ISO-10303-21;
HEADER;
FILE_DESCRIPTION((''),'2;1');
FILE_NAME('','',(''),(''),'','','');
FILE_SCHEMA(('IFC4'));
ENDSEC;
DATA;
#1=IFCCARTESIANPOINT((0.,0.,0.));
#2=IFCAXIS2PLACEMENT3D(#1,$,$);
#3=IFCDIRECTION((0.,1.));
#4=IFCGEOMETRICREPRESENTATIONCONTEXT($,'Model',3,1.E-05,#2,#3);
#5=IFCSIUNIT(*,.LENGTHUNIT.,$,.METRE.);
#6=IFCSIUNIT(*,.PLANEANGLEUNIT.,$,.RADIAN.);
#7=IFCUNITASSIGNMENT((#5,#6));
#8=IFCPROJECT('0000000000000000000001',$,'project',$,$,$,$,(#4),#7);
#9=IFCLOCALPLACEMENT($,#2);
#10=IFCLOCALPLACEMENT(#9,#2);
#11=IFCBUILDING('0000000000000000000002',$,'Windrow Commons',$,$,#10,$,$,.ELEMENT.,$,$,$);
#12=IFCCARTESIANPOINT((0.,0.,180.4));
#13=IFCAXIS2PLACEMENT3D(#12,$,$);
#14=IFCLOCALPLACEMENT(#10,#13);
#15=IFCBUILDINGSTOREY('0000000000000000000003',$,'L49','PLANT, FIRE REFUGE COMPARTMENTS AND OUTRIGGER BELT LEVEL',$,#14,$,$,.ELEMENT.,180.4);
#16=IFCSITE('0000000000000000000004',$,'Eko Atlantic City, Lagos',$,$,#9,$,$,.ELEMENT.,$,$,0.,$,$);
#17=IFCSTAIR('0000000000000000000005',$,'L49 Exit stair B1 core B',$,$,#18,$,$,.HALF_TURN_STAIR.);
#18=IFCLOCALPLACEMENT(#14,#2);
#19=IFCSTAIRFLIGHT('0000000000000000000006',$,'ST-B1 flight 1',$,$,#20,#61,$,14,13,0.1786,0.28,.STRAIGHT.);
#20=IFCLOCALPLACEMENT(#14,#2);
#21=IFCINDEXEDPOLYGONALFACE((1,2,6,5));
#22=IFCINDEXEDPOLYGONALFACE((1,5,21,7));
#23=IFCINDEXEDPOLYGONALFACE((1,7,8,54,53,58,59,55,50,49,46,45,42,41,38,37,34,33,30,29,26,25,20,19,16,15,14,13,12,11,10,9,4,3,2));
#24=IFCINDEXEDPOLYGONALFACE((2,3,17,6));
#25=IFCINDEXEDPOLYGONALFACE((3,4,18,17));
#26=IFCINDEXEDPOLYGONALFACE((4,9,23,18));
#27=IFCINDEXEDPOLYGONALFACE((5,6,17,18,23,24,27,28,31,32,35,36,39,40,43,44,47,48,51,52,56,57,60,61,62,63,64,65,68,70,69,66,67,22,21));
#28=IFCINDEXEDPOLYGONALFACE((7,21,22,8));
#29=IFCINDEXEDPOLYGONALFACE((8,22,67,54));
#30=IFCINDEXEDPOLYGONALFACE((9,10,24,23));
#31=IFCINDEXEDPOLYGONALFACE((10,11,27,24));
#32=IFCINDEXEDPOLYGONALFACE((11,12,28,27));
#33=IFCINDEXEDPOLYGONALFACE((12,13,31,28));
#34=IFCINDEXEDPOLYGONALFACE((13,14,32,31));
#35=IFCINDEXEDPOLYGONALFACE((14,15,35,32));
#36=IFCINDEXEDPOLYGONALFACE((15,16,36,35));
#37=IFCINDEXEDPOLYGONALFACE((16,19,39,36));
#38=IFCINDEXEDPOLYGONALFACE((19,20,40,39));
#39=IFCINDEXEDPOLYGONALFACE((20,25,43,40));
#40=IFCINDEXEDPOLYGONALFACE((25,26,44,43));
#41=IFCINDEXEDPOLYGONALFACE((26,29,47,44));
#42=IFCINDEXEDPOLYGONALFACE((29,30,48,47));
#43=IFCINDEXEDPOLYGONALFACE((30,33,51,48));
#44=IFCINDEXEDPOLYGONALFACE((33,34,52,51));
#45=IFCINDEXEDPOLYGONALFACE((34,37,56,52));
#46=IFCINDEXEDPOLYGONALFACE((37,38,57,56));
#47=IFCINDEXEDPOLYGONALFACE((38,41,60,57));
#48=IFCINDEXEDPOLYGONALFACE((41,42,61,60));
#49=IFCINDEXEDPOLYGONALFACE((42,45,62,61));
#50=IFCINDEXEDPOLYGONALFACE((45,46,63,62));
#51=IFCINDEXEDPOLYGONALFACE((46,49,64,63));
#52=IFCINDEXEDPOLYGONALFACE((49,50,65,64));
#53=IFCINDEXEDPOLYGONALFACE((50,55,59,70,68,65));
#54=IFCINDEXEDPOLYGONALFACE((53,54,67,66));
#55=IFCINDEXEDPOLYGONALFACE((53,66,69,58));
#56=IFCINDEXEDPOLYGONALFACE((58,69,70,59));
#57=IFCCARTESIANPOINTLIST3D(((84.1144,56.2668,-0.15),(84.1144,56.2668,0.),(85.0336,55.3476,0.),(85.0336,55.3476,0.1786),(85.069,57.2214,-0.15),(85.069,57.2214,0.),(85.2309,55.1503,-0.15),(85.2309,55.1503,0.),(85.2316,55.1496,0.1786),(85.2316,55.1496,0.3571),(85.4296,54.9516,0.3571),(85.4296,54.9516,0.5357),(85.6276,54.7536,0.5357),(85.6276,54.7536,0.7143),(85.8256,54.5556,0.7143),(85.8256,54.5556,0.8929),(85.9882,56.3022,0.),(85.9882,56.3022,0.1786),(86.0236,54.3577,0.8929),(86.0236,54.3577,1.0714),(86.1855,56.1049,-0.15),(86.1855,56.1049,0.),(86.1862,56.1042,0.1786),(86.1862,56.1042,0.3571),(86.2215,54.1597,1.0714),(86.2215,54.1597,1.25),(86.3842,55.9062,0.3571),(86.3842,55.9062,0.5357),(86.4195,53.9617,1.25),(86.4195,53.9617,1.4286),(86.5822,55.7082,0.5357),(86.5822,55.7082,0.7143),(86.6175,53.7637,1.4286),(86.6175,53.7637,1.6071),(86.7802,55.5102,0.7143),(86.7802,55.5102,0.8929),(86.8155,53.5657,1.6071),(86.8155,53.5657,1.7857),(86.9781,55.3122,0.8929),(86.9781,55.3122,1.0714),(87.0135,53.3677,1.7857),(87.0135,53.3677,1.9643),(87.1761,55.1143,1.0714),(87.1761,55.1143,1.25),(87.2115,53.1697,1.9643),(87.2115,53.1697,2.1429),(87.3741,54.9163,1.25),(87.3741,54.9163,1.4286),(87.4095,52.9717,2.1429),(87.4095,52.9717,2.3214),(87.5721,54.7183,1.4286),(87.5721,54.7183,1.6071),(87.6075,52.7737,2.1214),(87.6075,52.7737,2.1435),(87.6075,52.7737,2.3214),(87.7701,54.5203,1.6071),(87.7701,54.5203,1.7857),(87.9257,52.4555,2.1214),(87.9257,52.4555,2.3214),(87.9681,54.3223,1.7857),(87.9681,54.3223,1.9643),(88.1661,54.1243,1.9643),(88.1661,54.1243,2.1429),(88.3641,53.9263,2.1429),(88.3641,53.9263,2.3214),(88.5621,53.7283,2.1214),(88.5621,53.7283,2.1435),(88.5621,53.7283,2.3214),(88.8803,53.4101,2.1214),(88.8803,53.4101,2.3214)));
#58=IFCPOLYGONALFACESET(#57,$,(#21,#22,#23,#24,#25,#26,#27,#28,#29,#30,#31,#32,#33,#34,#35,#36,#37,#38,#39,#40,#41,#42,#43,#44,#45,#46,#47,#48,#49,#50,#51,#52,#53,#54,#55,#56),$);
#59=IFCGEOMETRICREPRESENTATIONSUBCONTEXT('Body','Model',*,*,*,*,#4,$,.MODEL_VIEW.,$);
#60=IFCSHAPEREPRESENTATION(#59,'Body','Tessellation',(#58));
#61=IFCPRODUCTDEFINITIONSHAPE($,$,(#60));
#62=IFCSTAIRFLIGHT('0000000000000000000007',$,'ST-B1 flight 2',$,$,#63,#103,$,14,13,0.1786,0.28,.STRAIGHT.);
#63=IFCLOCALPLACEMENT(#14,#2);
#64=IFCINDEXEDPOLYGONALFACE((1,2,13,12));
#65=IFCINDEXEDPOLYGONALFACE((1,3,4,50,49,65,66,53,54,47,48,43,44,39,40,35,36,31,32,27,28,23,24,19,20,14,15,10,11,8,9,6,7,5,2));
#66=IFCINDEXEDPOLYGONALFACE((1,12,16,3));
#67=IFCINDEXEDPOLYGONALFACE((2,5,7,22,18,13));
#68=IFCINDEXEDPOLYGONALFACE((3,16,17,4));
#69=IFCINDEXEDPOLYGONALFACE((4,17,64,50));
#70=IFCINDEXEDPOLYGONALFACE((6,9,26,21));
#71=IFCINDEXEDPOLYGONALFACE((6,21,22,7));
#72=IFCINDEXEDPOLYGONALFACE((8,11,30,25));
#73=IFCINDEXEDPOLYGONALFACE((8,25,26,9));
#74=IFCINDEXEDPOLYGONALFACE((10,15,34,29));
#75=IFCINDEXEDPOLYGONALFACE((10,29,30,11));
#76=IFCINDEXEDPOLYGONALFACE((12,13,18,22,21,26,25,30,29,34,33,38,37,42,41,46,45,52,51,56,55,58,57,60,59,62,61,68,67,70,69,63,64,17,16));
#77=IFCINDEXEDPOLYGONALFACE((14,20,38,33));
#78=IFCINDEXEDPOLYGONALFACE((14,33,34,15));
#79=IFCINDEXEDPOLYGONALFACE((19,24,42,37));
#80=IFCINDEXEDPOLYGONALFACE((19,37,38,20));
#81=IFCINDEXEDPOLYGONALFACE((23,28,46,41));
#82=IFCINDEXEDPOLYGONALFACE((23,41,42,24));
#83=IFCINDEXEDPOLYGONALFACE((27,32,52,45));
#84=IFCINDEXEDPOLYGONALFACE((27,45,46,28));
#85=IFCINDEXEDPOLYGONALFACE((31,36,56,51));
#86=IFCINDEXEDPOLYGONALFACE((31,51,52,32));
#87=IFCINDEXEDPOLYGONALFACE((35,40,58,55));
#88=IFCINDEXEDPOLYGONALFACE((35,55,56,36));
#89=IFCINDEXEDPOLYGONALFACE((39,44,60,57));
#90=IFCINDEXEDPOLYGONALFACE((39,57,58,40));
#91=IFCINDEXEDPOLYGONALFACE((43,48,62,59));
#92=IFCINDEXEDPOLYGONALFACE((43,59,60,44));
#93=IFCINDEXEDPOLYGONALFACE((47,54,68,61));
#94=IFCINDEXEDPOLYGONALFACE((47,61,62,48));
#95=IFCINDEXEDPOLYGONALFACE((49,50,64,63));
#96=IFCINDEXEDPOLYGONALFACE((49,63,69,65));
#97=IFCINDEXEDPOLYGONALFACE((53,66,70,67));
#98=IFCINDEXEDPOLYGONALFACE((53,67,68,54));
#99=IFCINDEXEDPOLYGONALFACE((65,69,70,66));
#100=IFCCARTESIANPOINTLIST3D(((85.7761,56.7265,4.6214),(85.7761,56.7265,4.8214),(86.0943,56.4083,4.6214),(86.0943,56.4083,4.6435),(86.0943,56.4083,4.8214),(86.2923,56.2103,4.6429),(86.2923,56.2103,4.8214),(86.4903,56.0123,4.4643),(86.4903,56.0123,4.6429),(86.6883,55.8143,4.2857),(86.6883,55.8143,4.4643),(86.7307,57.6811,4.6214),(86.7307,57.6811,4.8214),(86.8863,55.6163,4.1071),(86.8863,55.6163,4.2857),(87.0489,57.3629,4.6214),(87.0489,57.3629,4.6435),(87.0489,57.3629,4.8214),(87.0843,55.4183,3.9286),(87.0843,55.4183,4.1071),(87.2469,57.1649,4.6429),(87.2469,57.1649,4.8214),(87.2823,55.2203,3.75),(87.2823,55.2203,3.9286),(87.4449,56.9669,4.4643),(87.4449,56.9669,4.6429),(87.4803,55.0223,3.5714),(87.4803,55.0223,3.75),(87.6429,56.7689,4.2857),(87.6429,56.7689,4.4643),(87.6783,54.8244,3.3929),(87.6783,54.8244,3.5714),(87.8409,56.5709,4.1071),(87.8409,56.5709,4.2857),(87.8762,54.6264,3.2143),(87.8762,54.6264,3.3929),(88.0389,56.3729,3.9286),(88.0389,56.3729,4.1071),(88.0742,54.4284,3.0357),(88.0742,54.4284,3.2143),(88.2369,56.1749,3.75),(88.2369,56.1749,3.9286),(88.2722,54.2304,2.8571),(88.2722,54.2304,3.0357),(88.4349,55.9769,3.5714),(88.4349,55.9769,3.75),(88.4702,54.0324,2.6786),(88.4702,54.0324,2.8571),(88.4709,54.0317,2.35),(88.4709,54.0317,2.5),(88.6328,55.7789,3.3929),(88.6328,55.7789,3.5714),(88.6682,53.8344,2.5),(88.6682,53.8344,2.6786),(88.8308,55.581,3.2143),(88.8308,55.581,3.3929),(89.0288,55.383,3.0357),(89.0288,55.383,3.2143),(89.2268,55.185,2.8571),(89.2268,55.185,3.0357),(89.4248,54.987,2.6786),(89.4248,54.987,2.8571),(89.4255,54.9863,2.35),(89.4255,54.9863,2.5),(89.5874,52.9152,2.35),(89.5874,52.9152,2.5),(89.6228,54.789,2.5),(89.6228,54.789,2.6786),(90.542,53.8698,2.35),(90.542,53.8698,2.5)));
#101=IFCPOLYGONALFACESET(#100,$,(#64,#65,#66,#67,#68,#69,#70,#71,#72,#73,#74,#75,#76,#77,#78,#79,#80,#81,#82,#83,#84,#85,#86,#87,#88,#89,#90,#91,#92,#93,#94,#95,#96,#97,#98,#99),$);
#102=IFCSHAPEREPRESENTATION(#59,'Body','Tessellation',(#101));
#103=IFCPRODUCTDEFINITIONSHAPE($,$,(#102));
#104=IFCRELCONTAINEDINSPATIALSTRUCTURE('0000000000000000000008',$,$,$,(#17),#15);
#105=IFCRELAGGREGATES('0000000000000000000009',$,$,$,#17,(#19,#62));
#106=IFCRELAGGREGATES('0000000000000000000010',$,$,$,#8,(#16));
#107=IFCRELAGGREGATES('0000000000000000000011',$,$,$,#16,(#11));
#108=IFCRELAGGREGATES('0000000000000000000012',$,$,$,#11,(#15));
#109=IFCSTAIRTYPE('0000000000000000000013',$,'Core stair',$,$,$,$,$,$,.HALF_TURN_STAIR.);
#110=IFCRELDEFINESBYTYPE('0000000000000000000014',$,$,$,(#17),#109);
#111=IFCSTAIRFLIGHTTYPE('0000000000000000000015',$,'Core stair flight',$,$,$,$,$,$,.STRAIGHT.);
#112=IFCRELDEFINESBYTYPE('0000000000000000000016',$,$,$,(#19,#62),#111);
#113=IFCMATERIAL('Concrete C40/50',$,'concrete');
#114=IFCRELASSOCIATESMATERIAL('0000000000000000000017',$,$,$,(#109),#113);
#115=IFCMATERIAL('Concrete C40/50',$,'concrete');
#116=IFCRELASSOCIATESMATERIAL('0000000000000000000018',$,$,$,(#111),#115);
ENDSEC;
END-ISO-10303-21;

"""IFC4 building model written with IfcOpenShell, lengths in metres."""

from ifc_helpers import new_model, si_unit, direction, frame, origin, place, context, subcontext, project, spatial, polyline, outline, extrude, material, type_object, element, aggregate, save


model = new_model("IFC4")

# Units and contexts
model_context = context("Model", 3, precision=1e-05, world=origin(), true_north=direction((0.0, 1.0)))
body_context = subcontext(model_context, "Body", "Model", "MODEL_VIEW")
ifc_project = project(units=[si_unit("LENGTHUNIT", "METRE"), si_unit("PLANEANGLEUNIT", "RADIAN")], contexts=[model_context])

# Site, building, storey
site_placement = place(None, origin())
site = spatial("IfcSite", under=ifc_project, at=site_placement, Name="Eko Atlantic City, Lagos", CompositionType="ELEMENT", RefElevation=0.0)
building_placement = place(site_placement, origin())
building = spatial("IfcBuilding", under=site, at=building_placement, Name="Windrow Commons", CompositionType="ELEMENT")
storey_placement = place(building_placement, frame((0.0, 0.0, 180.4)))
storey = spatial("IfcBuildingStorey", under=building, at=storey_placement, Name="L49", Description="PLANT, FIRE REFUGE COMPARTMENTS AND OUTRIGGER BELT LEVEL", CompositionType="ELEMENT", Elevation=180.4)

# Stair, stair flights
ifc_material_1 = material(Name="Concrete C40/50", Category="concrete")
stair_type = type_object("IfcStairType", Name="Core stair", PredefinedType="HALF_TURN_STAIR", material=ifc_material_1)
stair_placement = place(storey_placement, origin())
stair = element("IfcStair", 1, at=stair_placement, inside=storey, type_object=stair_type, Name="L49 Exit stair B1 core B", PredefinedType="HALF_TURN_STAIR")
ifc_material_2 = material(Name="Concrete C40/50", Category="concrete")
stair_flight_type = type_object("IfcStairFlightType", Name="Core stair flight", PredefinedType="STRAIGHT", material=ifc_material_2)
stair_flight_1_placement = place(storey_placement, frame((85.5109, 55.8249, 0.0), z_axis=(0.0, 0.0, 1.0), x_axis=(0.707107, -0.707107, 0.0)))
stair_flight_1 = element("IfcStairFlight", 2, at=stair_flight_1_placement, type_object=stair_flight_type, Name="ST-B1 flight 1", NumberOfRisers=14, NumberOfTreads=13, PredefinedType="STRAIGHT", RiserHeight=0.1786, TreadLength=0.28, context=body_context, shape_type="SweptSolid", body=[
    extrude(outline(polyline([(-1.3, -0.15), (-1.3, 0.0), (0.0, 0.0), (0.0, 0.1786), (0.28, 0.1786), (0.28, 0.3571), (0.56, 0.3571), (0.56, 0.5357), (0.84, 0.5357), (0.84, 0.7143), (1.12, 0.7143), (1.12, 0.8929), (1.4, 0.8929), (1.4, 1.0714), (1.68, 1.0714), (1.68, 1.25), (1.96, 1.25), (1.96, 1.4286), (2.24, 1.4286), (2.24, 1.6071), (2.52, 1.6071), (2.52, 1.7857), (2.8, 1.7857), (2.8, 1.9643), (3.08, 1.9643), (3.08, 2.1429), (3.36, 2.1429), (3.36, 2.3214), (3.64, 2.3214), (4.09, 2.3214), (4.09, 2.1214), (3.64, 2.1214), (3.64, 2.1435), (0.279, 0.0), (0.279, -0.15), (-1.3, -0.15)])), frame((0.0, 0.675, 0.0), z_axis=(0.0, -1.0, 0.0), x_axis=(1.0, 0.0, 0.0)), (0.0, 0.0, 1.0), 1.35),
])
stair_flight_2_placement = place(storey_placement, frame((89.1455, 54.3117, 2.5), z_axis=(0.0, 0.0, 1.0), x_axis=(-0.707107, 0.707107, 0.0)))
stair_flight_2 = element("IfcStairFlight", 3, at=stair_flight_2_placement, type_object=stair_flight_type, Name="ST-B1 flight 2", NumberOfRisers=14, NumberOfTreads=13, PredefinedType="STRAIGHT", RiserHeight=0.1786, TreadLength=0.28, context=body_context, shape_type="SweptSolid", body=[
    extrude(outline(polyline([(-1.3, -0.15), (-1.3, 0.0), (0.0, 0.0), (0.0, 0.1786), (0.28, 0.1786), (0.28, 0.3571), (0.56, 0.3571), (0.56, 0.5357), (0.84, 0.5357), (0.84, 0.7143), (1.12, 0.7143), (1.12, 0.8929), (1.4, 0.8929), (1.4, 1.0714), (1.68, 1.0714), (1.68, 1.25), (1.96, 1.25), (1.96, 1.4286), (2.24, 1.4286), (2.24, 1.6071), (2.52, 1.6071), (2.52, 1.7857), (2.8, 1.7857), (2.8, 1.9643), (3.08, 1.9643), (3.08, 2.1429), (3.36, 2.1429), (3.36, 2.3214), (3.64, 2.3214), (4.09, 2.3214), (4.09, 2.1214), (3.64, 2.1214), (3.64, 2.1435), (0.279, 0.0), (0.279, -0.15), (-1.3, -0.15)])), frame((0.0, 0.675, 0.0), z_axis=(0.0, -1.0, 0.0), x_axis=(1.0, 0.0, 0.0)), (0.0, 0.0, 1.0), 1.35),
])
aggregate(stair, [stair_flight_1, stair_flight_2])

save(model, "model.ifc")
